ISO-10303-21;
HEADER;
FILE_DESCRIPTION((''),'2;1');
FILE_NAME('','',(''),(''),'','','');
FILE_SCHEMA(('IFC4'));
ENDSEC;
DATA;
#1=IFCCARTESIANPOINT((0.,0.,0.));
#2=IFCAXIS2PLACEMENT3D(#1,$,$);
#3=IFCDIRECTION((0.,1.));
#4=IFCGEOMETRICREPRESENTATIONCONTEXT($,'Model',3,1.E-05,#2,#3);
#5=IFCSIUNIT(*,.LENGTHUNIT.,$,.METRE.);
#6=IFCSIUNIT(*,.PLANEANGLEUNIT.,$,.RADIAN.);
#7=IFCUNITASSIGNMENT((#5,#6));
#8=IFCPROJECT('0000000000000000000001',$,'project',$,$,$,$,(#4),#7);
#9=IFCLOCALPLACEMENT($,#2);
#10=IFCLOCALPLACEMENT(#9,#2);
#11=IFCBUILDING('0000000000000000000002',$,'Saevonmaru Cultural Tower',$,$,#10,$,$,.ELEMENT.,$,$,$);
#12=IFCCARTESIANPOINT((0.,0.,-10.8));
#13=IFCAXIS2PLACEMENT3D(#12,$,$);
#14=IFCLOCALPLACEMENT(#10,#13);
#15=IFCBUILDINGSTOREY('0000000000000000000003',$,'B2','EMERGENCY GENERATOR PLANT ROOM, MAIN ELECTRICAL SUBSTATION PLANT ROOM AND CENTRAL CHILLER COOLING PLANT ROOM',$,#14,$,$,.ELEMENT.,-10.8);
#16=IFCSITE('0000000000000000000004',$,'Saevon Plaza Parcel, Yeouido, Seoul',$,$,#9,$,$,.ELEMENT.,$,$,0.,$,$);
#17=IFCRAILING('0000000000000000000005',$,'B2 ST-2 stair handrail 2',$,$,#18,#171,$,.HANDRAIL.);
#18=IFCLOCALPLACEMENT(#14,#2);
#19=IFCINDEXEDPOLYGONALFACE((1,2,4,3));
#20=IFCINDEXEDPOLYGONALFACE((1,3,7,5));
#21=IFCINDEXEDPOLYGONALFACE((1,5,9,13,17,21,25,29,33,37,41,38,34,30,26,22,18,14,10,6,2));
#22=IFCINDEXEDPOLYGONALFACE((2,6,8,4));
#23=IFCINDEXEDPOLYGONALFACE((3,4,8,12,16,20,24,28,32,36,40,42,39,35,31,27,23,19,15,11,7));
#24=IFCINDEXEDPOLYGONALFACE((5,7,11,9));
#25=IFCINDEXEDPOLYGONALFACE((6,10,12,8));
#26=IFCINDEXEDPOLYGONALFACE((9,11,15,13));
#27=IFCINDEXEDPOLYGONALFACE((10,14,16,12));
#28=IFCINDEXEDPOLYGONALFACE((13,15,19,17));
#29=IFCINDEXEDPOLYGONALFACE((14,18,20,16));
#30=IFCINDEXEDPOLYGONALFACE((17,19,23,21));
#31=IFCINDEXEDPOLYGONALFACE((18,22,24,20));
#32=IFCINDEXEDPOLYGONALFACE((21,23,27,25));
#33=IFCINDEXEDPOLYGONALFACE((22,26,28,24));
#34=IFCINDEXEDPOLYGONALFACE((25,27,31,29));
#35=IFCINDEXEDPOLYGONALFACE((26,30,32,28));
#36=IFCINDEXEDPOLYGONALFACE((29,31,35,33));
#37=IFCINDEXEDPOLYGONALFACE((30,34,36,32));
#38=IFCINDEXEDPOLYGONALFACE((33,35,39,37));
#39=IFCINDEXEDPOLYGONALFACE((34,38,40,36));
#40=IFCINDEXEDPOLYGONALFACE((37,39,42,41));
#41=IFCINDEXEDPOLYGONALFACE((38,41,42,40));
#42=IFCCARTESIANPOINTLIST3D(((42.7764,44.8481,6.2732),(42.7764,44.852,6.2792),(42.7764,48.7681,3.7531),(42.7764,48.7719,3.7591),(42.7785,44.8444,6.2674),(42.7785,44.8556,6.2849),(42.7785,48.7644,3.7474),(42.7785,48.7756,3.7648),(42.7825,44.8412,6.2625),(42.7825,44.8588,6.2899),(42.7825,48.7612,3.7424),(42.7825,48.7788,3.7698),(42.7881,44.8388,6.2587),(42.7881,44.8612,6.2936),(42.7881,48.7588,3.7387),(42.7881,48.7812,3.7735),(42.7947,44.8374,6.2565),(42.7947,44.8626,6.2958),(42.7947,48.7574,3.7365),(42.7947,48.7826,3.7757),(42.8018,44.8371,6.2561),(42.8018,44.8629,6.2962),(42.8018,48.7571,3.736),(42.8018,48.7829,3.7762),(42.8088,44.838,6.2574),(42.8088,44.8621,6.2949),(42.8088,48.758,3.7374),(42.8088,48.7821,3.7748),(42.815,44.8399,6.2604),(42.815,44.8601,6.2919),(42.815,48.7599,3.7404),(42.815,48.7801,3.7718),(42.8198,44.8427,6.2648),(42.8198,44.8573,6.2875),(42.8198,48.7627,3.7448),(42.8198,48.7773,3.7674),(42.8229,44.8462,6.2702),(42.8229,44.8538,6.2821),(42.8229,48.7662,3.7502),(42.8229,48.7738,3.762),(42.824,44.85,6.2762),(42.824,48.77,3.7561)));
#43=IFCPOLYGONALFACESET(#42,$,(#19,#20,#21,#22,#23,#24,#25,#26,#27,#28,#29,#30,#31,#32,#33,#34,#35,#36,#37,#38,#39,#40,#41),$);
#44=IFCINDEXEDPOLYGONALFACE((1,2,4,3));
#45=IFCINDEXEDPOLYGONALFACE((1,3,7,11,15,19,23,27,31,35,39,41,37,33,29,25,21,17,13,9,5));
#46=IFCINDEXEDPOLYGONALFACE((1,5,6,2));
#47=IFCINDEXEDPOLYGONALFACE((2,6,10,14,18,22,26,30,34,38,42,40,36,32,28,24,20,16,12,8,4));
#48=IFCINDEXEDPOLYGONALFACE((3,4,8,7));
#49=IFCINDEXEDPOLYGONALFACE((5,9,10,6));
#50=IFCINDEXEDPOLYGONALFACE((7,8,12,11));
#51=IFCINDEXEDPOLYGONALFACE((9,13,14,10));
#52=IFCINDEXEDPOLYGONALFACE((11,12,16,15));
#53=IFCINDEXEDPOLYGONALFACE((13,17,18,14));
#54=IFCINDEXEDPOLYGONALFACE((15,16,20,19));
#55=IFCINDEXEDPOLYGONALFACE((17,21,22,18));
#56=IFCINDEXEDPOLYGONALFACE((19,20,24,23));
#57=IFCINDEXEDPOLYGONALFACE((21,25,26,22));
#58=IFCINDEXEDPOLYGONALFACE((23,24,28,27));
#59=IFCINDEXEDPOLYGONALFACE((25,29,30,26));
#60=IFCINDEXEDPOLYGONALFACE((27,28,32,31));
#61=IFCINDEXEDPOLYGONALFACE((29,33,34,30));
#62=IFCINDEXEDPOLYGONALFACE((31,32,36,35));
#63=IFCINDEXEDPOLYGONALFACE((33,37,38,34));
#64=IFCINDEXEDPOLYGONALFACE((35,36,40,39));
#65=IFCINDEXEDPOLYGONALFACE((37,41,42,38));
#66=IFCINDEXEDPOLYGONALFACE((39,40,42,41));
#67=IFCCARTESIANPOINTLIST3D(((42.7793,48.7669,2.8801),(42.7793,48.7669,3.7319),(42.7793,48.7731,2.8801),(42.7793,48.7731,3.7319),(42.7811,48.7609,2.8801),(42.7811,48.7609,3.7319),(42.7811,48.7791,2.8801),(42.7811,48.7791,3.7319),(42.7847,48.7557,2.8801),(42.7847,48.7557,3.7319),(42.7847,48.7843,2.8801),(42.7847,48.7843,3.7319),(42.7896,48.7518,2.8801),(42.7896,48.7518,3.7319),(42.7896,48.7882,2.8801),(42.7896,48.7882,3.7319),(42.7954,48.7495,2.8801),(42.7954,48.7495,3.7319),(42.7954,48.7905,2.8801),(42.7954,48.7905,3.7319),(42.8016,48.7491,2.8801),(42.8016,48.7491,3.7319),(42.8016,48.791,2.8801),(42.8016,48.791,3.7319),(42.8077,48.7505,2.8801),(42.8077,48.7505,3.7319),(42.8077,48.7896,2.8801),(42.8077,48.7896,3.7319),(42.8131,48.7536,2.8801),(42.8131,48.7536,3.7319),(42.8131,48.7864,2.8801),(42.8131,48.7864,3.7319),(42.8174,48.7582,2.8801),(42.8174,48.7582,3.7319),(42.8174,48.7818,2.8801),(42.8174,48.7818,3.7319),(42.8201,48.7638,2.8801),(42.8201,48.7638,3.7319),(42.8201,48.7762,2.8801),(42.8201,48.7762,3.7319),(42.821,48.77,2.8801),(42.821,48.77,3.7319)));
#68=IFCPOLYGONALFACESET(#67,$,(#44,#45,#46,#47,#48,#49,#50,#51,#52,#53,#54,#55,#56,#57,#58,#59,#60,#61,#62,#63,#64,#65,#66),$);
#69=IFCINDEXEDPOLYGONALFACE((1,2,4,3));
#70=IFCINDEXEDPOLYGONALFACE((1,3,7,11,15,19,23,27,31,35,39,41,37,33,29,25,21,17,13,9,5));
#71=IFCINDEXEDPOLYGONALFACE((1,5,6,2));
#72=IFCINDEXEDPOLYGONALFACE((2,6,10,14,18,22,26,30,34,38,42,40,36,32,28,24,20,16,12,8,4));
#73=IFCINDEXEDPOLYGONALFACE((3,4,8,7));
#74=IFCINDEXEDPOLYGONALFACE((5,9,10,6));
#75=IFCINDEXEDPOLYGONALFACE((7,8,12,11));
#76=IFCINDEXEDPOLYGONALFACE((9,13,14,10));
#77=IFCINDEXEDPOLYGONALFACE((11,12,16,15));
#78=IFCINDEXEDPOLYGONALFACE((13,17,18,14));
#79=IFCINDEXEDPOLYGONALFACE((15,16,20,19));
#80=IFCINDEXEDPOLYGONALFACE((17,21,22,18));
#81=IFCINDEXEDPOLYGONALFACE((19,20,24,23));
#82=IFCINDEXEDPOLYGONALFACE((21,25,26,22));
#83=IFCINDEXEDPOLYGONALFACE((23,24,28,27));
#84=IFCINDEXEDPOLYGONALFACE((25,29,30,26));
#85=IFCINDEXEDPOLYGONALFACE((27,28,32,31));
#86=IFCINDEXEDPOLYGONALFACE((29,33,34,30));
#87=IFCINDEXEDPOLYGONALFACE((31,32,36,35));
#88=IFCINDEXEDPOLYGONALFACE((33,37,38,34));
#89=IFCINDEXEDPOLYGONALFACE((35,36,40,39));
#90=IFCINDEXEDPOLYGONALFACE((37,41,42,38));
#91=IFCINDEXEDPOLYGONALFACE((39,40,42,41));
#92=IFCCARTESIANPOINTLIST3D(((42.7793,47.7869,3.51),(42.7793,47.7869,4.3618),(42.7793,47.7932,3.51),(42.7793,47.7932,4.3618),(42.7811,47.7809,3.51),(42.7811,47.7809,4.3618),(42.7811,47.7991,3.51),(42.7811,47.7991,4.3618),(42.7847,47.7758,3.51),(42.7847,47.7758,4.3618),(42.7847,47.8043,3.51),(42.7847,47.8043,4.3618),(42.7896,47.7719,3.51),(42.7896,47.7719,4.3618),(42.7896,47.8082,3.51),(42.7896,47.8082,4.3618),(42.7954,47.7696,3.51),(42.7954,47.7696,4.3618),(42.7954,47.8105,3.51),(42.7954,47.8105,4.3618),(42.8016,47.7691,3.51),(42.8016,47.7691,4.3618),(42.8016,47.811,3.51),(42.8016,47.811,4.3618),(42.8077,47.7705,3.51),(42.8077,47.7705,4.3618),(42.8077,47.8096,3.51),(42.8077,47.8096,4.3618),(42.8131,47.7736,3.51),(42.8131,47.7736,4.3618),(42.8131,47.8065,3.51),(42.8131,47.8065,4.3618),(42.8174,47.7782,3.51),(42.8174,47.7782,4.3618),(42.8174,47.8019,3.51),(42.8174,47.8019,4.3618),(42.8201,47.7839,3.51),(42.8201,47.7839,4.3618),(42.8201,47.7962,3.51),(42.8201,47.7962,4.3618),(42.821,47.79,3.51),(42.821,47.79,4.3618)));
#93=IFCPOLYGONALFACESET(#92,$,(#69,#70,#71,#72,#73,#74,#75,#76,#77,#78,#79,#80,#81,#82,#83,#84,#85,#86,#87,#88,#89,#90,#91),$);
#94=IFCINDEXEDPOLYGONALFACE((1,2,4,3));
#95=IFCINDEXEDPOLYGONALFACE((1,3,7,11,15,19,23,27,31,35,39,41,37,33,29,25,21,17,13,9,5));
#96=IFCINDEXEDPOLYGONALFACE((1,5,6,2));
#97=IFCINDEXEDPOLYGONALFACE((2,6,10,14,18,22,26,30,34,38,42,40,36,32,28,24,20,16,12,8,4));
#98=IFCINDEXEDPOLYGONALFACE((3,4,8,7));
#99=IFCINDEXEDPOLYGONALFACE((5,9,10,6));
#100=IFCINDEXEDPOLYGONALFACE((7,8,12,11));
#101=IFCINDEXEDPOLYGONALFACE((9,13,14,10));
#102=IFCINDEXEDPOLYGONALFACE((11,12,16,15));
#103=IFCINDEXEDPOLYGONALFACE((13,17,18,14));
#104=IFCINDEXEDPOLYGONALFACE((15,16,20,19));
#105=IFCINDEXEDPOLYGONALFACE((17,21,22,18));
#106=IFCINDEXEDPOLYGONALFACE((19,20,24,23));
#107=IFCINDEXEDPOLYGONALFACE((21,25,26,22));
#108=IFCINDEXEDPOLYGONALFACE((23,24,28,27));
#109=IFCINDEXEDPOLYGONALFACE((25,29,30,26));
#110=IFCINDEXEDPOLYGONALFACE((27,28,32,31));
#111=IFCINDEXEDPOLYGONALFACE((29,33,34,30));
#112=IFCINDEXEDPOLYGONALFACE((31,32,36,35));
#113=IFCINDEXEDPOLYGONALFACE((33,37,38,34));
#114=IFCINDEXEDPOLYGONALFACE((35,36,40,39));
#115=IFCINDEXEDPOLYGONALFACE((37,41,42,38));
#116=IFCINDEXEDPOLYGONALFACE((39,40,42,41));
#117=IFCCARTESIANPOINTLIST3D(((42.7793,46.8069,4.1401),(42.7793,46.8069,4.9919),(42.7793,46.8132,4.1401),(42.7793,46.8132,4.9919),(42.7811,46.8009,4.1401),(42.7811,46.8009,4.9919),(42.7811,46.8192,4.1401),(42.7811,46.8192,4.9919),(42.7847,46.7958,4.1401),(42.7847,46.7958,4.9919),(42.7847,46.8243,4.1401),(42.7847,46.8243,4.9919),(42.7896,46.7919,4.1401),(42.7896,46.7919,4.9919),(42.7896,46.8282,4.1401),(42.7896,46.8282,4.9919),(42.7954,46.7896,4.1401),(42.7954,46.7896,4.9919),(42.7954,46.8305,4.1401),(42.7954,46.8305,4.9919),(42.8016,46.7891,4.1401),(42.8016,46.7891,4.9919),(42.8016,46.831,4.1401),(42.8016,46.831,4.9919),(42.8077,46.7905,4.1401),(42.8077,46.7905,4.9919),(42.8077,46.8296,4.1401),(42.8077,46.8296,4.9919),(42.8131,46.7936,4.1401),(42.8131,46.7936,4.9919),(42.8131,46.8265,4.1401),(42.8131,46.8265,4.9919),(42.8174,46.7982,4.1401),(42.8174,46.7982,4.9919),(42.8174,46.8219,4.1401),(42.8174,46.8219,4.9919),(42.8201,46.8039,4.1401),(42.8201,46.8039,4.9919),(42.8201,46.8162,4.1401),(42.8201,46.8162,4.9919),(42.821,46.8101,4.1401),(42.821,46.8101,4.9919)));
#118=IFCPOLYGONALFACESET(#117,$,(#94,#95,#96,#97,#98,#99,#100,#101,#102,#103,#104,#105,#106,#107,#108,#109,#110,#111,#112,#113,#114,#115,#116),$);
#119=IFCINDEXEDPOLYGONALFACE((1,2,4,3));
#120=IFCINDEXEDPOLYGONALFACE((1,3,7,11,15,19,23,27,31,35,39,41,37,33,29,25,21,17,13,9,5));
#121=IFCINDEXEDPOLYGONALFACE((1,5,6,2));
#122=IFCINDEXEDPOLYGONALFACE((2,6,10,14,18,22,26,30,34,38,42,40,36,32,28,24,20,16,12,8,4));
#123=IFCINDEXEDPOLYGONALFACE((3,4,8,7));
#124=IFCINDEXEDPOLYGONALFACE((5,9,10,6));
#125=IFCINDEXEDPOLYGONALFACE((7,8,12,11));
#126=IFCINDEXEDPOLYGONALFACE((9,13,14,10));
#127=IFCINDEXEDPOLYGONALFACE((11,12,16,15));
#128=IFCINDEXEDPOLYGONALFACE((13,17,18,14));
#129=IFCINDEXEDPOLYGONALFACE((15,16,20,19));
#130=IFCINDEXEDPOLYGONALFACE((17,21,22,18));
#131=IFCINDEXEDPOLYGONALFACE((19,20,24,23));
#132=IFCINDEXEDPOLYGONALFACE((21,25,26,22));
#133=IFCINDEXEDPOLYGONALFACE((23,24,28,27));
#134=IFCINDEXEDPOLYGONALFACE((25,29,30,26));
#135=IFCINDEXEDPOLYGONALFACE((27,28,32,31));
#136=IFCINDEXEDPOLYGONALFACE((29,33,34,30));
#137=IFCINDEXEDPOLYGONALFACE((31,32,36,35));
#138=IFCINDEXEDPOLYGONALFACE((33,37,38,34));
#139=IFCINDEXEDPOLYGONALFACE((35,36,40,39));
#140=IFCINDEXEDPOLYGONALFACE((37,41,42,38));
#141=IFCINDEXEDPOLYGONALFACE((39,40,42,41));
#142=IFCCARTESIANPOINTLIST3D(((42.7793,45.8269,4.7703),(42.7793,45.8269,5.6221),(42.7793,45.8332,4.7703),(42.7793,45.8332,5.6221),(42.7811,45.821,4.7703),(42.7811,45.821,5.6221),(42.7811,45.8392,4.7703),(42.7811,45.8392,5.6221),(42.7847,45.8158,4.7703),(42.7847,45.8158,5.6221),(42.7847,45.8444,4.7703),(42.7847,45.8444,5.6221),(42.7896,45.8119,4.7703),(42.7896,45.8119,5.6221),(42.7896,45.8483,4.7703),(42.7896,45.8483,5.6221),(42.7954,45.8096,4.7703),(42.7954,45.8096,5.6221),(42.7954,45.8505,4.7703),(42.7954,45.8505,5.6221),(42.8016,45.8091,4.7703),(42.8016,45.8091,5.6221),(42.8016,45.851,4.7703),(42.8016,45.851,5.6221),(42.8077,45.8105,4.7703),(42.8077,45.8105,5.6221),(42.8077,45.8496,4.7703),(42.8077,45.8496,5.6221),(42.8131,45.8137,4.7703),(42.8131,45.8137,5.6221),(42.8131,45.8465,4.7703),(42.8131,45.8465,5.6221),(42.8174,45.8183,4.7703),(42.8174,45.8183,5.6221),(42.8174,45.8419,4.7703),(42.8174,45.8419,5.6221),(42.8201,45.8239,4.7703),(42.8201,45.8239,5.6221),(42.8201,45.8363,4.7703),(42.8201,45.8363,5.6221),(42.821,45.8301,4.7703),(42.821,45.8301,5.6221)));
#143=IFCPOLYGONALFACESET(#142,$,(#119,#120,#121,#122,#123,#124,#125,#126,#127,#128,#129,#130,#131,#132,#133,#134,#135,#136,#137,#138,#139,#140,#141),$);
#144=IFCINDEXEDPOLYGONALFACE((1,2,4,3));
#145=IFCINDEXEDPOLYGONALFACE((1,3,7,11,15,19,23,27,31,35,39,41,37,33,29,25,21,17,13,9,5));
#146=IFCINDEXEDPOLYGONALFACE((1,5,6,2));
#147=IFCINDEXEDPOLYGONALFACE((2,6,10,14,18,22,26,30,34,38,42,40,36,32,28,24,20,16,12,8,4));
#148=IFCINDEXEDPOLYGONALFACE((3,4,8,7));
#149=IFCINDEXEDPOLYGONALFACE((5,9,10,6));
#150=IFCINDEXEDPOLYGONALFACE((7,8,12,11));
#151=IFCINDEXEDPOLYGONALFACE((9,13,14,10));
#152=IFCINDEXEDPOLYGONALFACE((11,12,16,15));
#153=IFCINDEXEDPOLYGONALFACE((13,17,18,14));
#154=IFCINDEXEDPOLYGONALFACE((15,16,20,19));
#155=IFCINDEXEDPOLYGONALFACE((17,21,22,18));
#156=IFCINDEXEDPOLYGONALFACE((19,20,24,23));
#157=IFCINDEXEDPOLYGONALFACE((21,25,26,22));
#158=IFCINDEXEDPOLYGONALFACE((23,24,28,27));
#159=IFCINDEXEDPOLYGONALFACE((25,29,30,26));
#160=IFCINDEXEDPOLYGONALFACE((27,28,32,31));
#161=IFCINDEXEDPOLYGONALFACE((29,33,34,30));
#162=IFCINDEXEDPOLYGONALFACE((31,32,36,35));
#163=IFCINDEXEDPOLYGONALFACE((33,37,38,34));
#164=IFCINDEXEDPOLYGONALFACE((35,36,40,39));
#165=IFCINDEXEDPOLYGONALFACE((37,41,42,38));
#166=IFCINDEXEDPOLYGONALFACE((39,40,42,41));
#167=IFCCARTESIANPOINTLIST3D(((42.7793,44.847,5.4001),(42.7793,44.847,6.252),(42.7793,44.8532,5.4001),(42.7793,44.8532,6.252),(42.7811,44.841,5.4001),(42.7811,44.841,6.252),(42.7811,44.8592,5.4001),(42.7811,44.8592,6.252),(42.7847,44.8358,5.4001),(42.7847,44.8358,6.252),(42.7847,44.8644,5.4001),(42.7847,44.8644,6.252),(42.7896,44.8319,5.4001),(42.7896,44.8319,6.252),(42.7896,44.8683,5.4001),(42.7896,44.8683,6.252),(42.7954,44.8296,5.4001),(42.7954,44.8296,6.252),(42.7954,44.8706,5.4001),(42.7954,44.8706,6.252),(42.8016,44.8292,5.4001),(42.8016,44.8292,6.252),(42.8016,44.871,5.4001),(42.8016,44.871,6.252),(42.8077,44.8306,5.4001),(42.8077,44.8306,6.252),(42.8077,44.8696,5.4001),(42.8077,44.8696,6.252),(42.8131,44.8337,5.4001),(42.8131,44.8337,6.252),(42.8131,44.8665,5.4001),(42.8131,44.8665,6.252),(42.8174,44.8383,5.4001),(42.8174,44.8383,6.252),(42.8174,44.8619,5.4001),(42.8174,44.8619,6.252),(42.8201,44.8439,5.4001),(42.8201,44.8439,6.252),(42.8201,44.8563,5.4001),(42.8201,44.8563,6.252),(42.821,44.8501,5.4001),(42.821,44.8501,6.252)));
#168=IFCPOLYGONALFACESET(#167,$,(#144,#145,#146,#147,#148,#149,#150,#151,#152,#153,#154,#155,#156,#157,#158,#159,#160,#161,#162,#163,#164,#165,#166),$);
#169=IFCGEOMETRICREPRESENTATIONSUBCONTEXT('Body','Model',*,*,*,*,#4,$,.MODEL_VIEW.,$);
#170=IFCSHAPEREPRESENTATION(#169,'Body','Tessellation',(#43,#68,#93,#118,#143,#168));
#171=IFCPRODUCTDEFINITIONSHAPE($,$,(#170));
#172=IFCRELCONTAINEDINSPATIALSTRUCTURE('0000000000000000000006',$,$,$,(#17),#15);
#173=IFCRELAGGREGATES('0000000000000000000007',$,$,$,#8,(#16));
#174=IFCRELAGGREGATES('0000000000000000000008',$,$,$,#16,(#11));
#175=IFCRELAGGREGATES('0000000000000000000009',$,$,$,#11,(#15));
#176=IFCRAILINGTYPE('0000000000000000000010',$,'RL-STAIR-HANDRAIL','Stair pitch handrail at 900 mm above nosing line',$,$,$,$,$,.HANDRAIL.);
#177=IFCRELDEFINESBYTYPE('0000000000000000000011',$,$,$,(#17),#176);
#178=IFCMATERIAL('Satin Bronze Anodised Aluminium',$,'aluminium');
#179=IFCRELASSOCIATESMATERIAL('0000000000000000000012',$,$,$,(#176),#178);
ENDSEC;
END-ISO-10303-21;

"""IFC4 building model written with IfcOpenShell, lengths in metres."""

from ifc_helpers import new_model, si_unit, direction, frame, origin, origin_2d, place, context, subcontext, project, spatial, circle, extrude, material, type_object, element, save


model = new_model("IFC4")

# Units and contexts
model_context = context("Model", 3, precision=1e-05, world=origin(), true_north=direction((0.0, 1.0)))
body_context = subcontext(model_context, "Body", "Model", "MODEL_VIEW")
ifc_project = project(units=[si_unit("LENGTHUNIT", "METRE"), si_unit("PLANEANGLEUNIT", "RADIAN")], contexts=[model_context])

# Site, building, storey
site_placement = place(None, origin())
site = spatial("IfcSite", under=ifc_project, at=site_placement, Name="Saevon Plaza Parcel, Yeouido, Seoul", CompositionType="ELEMENT", RefElevation=0.0)
building_placement = place(site_placement, origin())
building = spatial("IfcBuilding", under=site, at=building_placement, Name="Saevonmaru Cultural Tower", CompositionType="ELEMENT")
storey_placement = place(building_placement, frame((0.0, 0.0, -10.8)))
storey = spatial("IfcBuildingStorey", under=building, at=storey_placement, Name="B2", Description="EMERGENCY GENERATOR PLANT ROOM, MAIN ELECTRICAL SUBSTATION PLANT ROOM AND CENTRAL CHILLER COOLING PLANT ROOM", CompositionType="ELEMENT", Elevation=-10.8)

# Shared definitions
ifc_material_1 = material(Name="Satin Bronze Anodised Aluminium", Category="aluminium")

# Railing
railing_type_1 = type_object("IfcRailingType", Name="RL-STAIR-HANDRAIL", Description="Stair pitch handrail at 900 mm above nosing line", PredefinedType="HANDRAIL", material=ifc_material_1)
railing_1_placement = place(storey_placement, frame((42.8, 48.77, 2.8801)))
element("IfcRailing", 1, at=railing_1_placement, inside=storey, type_object=railing_type_1, Name="B2 ST-2 stair handrail 2", PredefinedType="HANDRAIL", context=body_context, shape_type="SweptSolid", body=[
    extrude(circle(Radius=0.0239, at=origin_2d()), frame((0.0, 0.0, 0.876), z_axis=(0.0, -0.841172, 0.540768), x_axis=(1.0, 0.0, 0.0)), (0.0, 0.0, 1.0), 4.6602),
    extrude(circle(Radius=0.021, at=origin_2d()), origin(), (0.0, 0.0, 1.0), 0.8518),
    extrude(circle(Radius=0.021, at=origin_2d()), frame((0.0, -0.98, 0.6299)), (0.0, 0.0, 1.0), 0.8518),
    extrude(circle(Radius=0.021, at=origin_2d()), frame((0.0, -1.96, 1.26)), (0.0, 0.0, 1.0), 0.8518),
    extrude(circle(Radius=0.021, at=origin_2d()), frame((0.0, -2.9399, 1.8901)), (0.0, 0.0, 1.0), 0.8518),
    extrude(circle(Radius=0.021, at=origin_2d()), frame((0.0, -3.9199, 2.52)), (0.0, 0.0, 1.0), 0.8518),
])

save(model, "model.ifc")
